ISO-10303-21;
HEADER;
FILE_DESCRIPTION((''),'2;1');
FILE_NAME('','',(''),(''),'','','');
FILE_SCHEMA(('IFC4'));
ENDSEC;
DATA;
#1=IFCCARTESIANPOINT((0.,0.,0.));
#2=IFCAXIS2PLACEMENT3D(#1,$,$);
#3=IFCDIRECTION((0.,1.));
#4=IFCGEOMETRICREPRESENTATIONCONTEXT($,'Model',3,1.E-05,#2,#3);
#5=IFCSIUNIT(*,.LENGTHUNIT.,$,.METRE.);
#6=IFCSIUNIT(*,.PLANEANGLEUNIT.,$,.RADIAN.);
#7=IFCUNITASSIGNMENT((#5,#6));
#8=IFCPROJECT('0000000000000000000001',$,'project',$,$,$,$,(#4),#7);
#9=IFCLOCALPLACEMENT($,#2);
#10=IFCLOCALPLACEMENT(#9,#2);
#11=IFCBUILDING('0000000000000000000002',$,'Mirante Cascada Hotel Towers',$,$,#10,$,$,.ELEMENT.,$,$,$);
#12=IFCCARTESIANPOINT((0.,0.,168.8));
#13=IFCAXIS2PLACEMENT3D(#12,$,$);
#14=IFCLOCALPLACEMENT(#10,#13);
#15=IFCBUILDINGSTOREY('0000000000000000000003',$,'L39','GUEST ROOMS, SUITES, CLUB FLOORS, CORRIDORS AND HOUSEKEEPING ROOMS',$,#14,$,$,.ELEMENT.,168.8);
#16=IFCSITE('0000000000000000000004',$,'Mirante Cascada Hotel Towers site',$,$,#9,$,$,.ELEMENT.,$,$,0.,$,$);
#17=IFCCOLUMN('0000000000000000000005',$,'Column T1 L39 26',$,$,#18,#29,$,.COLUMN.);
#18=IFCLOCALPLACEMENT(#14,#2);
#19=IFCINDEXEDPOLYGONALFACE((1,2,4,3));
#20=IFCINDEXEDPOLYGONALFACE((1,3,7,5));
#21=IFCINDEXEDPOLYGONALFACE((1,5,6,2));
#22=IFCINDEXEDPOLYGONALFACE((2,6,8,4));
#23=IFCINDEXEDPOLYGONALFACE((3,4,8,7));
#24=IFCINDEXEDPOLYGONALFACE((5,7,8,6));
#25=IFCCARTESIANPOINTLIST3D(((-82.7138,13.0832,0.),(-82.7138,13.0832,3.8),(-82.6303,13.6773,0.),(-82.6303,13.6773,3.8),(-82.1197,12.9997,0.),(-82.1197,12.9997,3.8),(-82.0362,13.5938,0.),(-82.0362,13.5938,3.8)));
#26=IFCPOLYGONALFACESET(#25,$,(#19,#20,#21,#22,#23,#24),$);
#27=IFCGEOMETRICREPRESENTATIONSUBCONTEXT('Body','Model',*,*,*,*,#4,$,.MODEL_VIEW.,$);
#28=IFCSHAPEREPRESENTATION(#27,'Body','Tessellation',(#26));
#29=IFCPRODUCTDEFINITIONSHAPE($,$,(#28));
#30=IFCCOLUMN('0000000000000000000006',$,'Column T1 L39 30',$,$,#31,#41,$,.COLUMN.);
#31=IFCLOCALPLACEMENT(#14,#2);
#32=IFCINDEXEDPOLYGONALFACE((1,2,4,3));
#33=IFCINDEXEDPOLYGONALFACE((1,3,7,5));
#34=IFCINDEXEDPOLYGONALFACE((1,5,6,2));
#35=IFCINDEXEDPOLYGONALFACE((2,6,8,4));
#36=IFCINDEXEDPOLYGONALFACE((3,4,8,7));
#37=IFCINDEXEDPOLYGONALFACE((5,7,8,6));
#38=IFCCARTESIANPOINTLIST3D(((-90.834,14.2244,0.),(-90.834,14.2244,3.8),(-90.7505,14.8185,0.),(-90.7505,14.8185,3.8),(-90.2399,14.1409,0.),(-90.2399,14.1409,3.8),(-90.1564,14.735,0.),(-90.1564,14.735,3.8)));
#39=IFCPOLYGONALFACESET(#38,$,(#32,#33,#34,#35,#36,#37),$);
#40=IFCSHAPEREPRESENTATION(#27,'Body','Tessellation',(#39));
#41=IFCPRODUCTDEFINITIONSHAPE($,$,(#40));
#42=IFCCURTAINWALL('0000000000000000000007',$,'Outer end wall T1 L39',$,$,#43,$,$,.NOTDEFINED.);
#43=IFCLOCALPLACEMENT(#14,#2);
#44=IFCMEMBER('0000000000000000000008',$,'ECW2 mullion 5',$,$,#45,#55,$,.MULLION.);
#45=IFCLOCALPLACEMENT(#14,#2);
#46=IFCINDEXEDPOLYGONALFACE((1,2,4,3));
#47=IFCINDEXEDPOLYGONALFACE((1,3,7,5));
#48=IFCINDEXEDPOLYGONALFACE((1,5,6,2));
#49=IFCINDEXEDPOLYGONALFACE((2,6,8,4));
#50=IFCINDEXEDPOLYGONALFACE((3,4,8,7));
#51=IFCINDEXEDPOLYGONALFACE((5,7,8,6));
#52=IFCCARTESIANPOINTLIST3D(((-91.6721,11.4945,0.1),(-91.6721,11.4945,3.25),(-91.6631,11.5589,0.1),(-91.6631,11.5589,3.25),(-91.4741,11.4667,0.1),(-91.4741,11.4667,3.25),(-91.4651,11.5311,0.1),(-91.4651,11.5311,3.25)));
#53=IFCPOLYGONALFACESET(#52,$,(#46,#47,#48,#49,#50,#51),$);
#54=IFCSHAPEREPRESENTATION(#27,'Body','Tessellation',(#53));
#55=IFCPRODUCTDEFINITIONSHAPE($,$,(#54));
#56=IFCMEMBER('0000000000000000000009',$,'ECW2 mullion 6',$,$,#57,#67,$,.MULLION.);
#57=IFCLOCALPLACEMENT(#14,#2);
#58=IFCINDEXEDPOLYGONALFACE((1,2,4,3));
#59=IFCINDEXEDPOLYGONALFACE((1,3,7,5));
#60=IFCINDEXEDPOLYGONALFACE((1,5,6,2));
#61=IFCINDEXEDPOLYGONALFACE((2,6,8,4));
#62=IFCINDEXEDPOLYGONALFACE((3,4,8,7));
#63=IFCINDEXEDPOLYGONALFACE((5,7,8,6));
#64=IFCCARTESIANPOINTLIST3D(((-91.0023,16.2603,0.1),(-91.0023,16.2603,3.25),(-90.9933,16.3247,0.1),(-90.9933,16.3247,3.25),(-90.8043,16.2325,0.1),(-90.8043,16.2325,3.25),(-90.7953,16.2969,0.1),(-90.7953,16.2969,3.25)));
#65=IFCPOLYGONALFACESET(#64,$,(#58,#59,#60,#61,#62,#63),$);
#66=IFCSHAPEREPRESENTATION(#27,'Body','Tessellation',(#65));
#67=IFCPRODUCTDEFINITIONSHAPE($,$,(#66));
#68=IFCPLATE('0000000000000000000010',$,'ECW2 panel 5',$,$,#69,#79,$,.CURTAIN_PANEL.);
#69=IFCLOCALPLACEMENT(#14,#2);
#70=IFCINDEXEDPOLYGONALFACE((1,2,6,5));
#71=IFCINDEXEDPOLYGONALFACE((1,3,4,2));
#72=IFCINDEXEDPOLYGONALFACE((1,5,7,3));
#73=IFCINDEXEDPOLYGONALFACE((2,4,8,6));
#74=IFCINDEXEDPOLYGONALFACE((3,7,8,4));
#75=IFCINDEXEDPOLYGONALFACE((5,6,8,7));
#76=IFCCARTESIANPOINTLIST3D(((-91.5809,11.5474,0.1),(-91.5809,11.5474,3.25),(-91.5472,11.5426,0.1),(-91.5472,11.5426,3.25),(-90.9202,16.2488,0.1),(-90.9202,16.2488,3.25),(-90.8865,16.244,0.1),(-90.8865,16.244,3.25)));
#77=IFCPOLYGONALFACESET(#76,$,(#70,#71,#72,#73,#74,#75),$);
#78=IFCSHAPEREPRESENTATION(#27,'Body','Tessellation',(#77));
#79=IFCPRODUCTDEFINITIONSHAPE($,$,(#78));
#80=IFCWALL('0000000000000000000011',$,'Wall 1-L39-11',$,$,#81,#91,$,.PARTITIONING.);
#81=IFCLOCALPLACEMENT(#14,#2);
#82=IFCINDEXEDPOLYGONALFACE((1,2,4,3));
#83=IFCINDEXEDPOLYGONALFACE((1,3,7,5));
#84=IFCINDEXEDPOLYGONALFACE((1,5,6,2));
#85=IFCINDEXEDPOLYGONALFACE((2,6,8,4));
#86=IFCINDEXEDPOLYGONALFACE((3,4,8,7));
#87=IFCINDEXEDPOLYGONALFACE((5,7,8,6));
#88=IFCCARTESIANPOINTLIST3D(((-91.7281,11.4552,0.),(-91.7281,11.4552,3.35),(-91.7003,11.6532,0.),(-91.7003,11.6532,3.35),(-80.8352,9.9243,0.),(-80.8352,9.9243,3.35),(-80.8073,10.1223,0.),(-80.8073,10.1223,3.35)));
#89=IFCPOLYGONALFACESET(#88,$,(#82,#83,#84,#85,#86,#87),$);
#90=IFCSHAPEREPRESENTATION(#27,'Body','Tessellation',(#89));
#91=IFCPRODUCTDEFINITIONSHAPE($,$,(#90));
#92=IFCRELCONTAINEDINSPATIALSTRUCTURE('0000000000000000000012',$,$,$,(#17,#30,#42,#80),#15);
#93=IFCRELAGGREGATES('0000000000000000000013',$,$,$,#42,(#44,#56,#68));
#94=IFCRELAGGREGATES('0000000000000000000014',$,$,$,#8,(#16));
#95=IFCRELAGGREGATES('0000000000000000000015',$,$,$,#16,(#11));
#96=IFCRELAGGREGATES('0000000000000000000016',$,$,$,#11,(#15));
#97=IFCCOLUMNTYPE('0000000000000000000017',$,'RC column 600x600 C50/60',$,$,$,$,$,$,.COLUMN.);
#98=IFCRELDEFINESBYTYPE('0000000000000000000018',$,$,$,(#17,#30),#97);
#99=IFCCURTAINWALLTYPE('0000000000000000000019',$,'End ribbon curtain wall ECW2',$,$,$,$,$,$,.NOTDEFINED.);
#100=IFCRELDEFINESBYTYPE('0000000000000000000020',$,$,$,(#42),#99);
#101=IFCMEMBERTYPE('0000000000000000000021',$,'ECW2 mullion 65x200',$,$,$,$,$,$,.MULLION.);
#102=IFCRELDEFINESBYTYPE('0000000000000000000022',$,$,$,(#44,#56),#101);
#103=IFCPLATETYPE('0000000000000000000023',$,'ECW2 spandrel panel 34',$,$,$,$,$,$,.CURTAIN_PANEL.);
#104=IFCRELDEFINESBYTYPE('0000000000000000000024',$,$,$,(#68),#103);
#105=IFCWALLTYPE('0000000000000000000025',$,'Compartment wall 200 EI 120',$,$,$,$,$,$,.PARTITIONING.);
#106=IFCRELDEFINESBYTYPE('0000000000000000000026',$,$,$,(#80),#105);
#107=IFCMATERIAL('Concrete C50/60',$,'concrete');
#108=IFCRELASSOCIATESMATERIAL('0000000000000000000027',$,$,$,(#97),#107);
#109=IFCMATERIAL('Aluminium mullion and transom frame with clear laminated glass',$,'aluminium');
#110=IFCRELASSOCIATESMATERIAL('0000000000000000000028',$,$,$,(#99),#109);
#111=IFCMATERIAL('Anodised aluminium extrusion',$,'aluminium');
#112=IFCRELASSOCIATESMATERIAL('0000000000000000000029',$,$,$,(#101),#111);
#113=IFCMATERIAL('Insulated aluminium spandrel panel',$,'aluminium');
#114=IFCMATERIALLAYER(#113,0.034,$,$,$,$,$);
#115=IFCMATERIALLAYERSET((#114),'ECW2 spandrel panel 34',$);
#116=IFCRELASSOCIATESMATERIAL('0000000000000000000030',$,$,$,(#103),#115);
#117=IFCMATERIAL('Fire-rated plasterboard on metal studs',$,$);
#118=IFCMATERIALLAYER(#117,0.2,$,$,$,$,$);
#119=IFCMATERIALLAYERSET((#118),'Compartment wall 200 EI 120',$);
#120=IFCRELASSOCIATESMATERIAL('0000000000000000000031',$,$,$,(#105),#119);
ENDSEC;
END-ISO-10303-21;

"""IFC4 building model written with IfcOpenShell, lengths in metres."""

from ifc_helpers import new_model, si_unit, direction, frame, frame_2d, origin, origin_2d, place, context, subcontext, project, spatial, rectangle, extrude, material, layer, layer_set, material_profile, profile_set, type_object, element, aggregate, save


model = new_model("IFC4")

# Units and contexts
model_context = context("Model", 3, precision=1e-05, world=origin(), true_north=direction((0.0, 1.0)))
body_context = subcontext(model_context, "Body", "Model", "MODEL_VIEW")
ifc_project = project(units=[si_unit("LENGTHUNIT", "METRE"), si_unit("PLANEANGLEUNIT", "RADIAN")], contexts=[model_context])

# Site, building, storey
site_placement = place(None, origin())
site = spatial("IfcSite", under=ifc_project, at=site_placement, Name="Mirante Cascada Hotel Towers site", CompositionType="ELEMENT", RefElevation=0.0)
building_placement = place(site_placement, origin())
building = spatial("IfcBuilding", under=site, at=building_placement, Name="Mirante Cascada Hotel Towers", CompositionType="ELEMENT")
storey_placement = place(building_placement, frame((0.0, 0.0, 168.8)))
storey = spatial("IfcBuildingStorey", under=building, at=storey_placement, Name="L39", Description="GUEST ROOMS, SUITES, CLUB FLOORS, CORRIDORS AND HOUSEKEEPING ROOMS", CompositionType="ELEMENT", Elevation=168.8)

# Columns
ifc_material_1 = material(Name="Concrete C50/60", Category="concrete")
ifc_material_profile_1 = material_profile(ifc_material_1, rectangle(XDim=0.6, YDim=0.6, at=origin_2d()), Name="RC column 600x600 C50/60")
ifc_profile_set_1 = profile_set([ifc_material_profile_1], Name="Concrete C50/60")
column_type = type_object("IfcColumnType", Name="RC column 600x600 C50/60", PredefinedType="COLUMN", material=ifc_profile_set_1)
for number, where, z_axis, x_axis, name in (
    (1, (-82.375, 13.3385, 0.0), (0.0, 0.0, 1.0), (-0.990268, 0.139173, 0.0), "Column T1 L39 26"),
    (2, (-90.4952, 14.4797, 0.0), (0.0, 0.0, 1.0), (-0.990268, 0.139173, 0.0), "Column T1 L39 30"),
):
    element("IfcColumn", number, at=place(storey_placement, frame(where, z_axis=z_axis, x_axis=x_axis)), inside=storey, type_object=column_type, Name=name, PredefinedType="COLUMN", context=body_context, shape_type="SweptSolid", body=[
        extrude(rectangle(XDim=0.6, YDim=0.6, at=origin_2d()), origin(), (0.0, 0.0, 1.0), 3.8),
    ])

# Curtain wall, members, plate
ifc_material_2 = material(Name="Aluminium mullion and transom frame with clear laminated glass", Category="aluminium")
curtain_wall_type = type_object("IfcCurtainWallType", Name="End ribbon curtain wall ECW2", PredefinedType="NOTDEFINED", material=ifc_material_2)
curtain_wall_placement = place(storey_placement, origin())
curtain_wall = element("IfcCurtainWall", 3, at=curtain_wall_placement, inside=storey, type_object=curtain_wall_type, Name="Outer end wall T1 L39", PredefinedType="NOTDEFINED")
ifc_material_3 = material(Name="Anodised aluminium extrusion", Category="aluminium")
ifc_material_profile_2 = material_profile(ifc_material_3, rectangle(XDim=0.2, YDim=0.065, at=origin_2d()), Name="ECW2 MULLION 65x200")
ifc_profile_set_2 = profile_set([ifc_material_profile_2], Name="Anodised aluminium extrusion")
member_type = type_object("IfcMemberType", Name="ECW2 mullion 65x200", PredefinedType="MULLION", material=ifc_profile_set_2)
member_1_placement = place(storey_placement, frame((-91.5686, 11.5128, 0.1), z_axis=(0.0, 0.0, 1.0), x_axis=(-0.990268, 0.139173, 0.0)))
member_1 = element("IfcMember", 4, at=member_1_placement, type_object=member_type, Name="ECW2 mullion 5", PredefinedType="MULLION", context=body_context, shape_type="SweptSolid", body=[
    extrude(rectangle(XDim=0.2, YDim=0.065, at=origin_2d()), origin(), (0.0, 0.0, 1.0), 3.15),
])
member_2_placement = place(storey_placement, frame((-90.8988, 16.2786, 0.1), z_axis=(0.0, 0.0, 1.0), x_axis=(-0.990268, 0.139173, 0.0)))
member_2 = element("IfcMember", 5, at=member_2_placement, type_object=member_type, Name="ECW2 mullion 6", PredefinedType="MULLION", context=body_context, shape_type="SweptSolid", body=[
    extrude(rectangle(XDim=0.2, YDim=0.065, at=origin_2d()), origin(), (0.0, 0.0, 1.0), 3.15),
])
ifc_material_4 = material(Name="Insulated aluminium spandrel panel", Category="aluminium")
ifc_layer_1 = layer(ifc_material_4, 0.034)
ifc_layer_set_1 = layer_set([ifc_layer_1], Name="ECW2 spandrel panel 34")
plate_type = type_object("IfcPlateType", Name="ECW2 spandrel panel 34", PredefinedType="CURTAIN_PANEL", material=ifc_layer_set_1)
plate_placement = place(storey_placement, frame((-91.2337, 13.8957, 0.1), z_axis=(0.0, 0.0, 1.0), x_axis=(0.139173, 0.990268, 0.0)))
plate = element("IfcPlate", 6, at=plate_placement, type_object=plate_type, Name="ECW2 panel 5", PredefinedType="CURTAIN_PANEL", context=body_context, shape_type="SweptSolid", body=[
    extrude(rectangle(XDim=4.7476, YDim=0.034, at=origin_2d()), origin(), (0.0, 0.0, 1.0), 3.15),
])
aggregate(curtain_wall, [member_1, member_2, plate])

# Wall
ifc_material_5 = material(Name="Fire-rated plasterboard on metal studs")
ifc_layer_2 = layer(ifc_material_5, 0.2)
ifc_layer_set_2 = layer_set([ifc_layer_2], Name="Compartment wall 200 EI 120")
wall_type_1 = type_object("IfcWallType", Name="Compartment wall 200 EI 120", PredefinedType="PARTITIONING", material=ifc_layer_set_2)
wall_1_placement = place(storey_placement, frame((-91.7142, 11.5542, 0.0), z_axis=(0.0, 0.0, 1.0), x_axis=(0.990268, -0.139173, 0.0)))
element("IfcWall", 7, at=wall_1_placement, inside=storey, type_object=wall_type_1, Name="Wall 1-L39-11", PredefinedType="PARTITIONING", context=body_context, shape_type="SweptSolid", body=[
    extrude(rectangle(XDim=11.0, YDim=0.2, at=frame_2d((5.5, 0.0))), origin(), (0.0, 0.0, 1.0), 3.35),
])

save(model, "model.ifc")
